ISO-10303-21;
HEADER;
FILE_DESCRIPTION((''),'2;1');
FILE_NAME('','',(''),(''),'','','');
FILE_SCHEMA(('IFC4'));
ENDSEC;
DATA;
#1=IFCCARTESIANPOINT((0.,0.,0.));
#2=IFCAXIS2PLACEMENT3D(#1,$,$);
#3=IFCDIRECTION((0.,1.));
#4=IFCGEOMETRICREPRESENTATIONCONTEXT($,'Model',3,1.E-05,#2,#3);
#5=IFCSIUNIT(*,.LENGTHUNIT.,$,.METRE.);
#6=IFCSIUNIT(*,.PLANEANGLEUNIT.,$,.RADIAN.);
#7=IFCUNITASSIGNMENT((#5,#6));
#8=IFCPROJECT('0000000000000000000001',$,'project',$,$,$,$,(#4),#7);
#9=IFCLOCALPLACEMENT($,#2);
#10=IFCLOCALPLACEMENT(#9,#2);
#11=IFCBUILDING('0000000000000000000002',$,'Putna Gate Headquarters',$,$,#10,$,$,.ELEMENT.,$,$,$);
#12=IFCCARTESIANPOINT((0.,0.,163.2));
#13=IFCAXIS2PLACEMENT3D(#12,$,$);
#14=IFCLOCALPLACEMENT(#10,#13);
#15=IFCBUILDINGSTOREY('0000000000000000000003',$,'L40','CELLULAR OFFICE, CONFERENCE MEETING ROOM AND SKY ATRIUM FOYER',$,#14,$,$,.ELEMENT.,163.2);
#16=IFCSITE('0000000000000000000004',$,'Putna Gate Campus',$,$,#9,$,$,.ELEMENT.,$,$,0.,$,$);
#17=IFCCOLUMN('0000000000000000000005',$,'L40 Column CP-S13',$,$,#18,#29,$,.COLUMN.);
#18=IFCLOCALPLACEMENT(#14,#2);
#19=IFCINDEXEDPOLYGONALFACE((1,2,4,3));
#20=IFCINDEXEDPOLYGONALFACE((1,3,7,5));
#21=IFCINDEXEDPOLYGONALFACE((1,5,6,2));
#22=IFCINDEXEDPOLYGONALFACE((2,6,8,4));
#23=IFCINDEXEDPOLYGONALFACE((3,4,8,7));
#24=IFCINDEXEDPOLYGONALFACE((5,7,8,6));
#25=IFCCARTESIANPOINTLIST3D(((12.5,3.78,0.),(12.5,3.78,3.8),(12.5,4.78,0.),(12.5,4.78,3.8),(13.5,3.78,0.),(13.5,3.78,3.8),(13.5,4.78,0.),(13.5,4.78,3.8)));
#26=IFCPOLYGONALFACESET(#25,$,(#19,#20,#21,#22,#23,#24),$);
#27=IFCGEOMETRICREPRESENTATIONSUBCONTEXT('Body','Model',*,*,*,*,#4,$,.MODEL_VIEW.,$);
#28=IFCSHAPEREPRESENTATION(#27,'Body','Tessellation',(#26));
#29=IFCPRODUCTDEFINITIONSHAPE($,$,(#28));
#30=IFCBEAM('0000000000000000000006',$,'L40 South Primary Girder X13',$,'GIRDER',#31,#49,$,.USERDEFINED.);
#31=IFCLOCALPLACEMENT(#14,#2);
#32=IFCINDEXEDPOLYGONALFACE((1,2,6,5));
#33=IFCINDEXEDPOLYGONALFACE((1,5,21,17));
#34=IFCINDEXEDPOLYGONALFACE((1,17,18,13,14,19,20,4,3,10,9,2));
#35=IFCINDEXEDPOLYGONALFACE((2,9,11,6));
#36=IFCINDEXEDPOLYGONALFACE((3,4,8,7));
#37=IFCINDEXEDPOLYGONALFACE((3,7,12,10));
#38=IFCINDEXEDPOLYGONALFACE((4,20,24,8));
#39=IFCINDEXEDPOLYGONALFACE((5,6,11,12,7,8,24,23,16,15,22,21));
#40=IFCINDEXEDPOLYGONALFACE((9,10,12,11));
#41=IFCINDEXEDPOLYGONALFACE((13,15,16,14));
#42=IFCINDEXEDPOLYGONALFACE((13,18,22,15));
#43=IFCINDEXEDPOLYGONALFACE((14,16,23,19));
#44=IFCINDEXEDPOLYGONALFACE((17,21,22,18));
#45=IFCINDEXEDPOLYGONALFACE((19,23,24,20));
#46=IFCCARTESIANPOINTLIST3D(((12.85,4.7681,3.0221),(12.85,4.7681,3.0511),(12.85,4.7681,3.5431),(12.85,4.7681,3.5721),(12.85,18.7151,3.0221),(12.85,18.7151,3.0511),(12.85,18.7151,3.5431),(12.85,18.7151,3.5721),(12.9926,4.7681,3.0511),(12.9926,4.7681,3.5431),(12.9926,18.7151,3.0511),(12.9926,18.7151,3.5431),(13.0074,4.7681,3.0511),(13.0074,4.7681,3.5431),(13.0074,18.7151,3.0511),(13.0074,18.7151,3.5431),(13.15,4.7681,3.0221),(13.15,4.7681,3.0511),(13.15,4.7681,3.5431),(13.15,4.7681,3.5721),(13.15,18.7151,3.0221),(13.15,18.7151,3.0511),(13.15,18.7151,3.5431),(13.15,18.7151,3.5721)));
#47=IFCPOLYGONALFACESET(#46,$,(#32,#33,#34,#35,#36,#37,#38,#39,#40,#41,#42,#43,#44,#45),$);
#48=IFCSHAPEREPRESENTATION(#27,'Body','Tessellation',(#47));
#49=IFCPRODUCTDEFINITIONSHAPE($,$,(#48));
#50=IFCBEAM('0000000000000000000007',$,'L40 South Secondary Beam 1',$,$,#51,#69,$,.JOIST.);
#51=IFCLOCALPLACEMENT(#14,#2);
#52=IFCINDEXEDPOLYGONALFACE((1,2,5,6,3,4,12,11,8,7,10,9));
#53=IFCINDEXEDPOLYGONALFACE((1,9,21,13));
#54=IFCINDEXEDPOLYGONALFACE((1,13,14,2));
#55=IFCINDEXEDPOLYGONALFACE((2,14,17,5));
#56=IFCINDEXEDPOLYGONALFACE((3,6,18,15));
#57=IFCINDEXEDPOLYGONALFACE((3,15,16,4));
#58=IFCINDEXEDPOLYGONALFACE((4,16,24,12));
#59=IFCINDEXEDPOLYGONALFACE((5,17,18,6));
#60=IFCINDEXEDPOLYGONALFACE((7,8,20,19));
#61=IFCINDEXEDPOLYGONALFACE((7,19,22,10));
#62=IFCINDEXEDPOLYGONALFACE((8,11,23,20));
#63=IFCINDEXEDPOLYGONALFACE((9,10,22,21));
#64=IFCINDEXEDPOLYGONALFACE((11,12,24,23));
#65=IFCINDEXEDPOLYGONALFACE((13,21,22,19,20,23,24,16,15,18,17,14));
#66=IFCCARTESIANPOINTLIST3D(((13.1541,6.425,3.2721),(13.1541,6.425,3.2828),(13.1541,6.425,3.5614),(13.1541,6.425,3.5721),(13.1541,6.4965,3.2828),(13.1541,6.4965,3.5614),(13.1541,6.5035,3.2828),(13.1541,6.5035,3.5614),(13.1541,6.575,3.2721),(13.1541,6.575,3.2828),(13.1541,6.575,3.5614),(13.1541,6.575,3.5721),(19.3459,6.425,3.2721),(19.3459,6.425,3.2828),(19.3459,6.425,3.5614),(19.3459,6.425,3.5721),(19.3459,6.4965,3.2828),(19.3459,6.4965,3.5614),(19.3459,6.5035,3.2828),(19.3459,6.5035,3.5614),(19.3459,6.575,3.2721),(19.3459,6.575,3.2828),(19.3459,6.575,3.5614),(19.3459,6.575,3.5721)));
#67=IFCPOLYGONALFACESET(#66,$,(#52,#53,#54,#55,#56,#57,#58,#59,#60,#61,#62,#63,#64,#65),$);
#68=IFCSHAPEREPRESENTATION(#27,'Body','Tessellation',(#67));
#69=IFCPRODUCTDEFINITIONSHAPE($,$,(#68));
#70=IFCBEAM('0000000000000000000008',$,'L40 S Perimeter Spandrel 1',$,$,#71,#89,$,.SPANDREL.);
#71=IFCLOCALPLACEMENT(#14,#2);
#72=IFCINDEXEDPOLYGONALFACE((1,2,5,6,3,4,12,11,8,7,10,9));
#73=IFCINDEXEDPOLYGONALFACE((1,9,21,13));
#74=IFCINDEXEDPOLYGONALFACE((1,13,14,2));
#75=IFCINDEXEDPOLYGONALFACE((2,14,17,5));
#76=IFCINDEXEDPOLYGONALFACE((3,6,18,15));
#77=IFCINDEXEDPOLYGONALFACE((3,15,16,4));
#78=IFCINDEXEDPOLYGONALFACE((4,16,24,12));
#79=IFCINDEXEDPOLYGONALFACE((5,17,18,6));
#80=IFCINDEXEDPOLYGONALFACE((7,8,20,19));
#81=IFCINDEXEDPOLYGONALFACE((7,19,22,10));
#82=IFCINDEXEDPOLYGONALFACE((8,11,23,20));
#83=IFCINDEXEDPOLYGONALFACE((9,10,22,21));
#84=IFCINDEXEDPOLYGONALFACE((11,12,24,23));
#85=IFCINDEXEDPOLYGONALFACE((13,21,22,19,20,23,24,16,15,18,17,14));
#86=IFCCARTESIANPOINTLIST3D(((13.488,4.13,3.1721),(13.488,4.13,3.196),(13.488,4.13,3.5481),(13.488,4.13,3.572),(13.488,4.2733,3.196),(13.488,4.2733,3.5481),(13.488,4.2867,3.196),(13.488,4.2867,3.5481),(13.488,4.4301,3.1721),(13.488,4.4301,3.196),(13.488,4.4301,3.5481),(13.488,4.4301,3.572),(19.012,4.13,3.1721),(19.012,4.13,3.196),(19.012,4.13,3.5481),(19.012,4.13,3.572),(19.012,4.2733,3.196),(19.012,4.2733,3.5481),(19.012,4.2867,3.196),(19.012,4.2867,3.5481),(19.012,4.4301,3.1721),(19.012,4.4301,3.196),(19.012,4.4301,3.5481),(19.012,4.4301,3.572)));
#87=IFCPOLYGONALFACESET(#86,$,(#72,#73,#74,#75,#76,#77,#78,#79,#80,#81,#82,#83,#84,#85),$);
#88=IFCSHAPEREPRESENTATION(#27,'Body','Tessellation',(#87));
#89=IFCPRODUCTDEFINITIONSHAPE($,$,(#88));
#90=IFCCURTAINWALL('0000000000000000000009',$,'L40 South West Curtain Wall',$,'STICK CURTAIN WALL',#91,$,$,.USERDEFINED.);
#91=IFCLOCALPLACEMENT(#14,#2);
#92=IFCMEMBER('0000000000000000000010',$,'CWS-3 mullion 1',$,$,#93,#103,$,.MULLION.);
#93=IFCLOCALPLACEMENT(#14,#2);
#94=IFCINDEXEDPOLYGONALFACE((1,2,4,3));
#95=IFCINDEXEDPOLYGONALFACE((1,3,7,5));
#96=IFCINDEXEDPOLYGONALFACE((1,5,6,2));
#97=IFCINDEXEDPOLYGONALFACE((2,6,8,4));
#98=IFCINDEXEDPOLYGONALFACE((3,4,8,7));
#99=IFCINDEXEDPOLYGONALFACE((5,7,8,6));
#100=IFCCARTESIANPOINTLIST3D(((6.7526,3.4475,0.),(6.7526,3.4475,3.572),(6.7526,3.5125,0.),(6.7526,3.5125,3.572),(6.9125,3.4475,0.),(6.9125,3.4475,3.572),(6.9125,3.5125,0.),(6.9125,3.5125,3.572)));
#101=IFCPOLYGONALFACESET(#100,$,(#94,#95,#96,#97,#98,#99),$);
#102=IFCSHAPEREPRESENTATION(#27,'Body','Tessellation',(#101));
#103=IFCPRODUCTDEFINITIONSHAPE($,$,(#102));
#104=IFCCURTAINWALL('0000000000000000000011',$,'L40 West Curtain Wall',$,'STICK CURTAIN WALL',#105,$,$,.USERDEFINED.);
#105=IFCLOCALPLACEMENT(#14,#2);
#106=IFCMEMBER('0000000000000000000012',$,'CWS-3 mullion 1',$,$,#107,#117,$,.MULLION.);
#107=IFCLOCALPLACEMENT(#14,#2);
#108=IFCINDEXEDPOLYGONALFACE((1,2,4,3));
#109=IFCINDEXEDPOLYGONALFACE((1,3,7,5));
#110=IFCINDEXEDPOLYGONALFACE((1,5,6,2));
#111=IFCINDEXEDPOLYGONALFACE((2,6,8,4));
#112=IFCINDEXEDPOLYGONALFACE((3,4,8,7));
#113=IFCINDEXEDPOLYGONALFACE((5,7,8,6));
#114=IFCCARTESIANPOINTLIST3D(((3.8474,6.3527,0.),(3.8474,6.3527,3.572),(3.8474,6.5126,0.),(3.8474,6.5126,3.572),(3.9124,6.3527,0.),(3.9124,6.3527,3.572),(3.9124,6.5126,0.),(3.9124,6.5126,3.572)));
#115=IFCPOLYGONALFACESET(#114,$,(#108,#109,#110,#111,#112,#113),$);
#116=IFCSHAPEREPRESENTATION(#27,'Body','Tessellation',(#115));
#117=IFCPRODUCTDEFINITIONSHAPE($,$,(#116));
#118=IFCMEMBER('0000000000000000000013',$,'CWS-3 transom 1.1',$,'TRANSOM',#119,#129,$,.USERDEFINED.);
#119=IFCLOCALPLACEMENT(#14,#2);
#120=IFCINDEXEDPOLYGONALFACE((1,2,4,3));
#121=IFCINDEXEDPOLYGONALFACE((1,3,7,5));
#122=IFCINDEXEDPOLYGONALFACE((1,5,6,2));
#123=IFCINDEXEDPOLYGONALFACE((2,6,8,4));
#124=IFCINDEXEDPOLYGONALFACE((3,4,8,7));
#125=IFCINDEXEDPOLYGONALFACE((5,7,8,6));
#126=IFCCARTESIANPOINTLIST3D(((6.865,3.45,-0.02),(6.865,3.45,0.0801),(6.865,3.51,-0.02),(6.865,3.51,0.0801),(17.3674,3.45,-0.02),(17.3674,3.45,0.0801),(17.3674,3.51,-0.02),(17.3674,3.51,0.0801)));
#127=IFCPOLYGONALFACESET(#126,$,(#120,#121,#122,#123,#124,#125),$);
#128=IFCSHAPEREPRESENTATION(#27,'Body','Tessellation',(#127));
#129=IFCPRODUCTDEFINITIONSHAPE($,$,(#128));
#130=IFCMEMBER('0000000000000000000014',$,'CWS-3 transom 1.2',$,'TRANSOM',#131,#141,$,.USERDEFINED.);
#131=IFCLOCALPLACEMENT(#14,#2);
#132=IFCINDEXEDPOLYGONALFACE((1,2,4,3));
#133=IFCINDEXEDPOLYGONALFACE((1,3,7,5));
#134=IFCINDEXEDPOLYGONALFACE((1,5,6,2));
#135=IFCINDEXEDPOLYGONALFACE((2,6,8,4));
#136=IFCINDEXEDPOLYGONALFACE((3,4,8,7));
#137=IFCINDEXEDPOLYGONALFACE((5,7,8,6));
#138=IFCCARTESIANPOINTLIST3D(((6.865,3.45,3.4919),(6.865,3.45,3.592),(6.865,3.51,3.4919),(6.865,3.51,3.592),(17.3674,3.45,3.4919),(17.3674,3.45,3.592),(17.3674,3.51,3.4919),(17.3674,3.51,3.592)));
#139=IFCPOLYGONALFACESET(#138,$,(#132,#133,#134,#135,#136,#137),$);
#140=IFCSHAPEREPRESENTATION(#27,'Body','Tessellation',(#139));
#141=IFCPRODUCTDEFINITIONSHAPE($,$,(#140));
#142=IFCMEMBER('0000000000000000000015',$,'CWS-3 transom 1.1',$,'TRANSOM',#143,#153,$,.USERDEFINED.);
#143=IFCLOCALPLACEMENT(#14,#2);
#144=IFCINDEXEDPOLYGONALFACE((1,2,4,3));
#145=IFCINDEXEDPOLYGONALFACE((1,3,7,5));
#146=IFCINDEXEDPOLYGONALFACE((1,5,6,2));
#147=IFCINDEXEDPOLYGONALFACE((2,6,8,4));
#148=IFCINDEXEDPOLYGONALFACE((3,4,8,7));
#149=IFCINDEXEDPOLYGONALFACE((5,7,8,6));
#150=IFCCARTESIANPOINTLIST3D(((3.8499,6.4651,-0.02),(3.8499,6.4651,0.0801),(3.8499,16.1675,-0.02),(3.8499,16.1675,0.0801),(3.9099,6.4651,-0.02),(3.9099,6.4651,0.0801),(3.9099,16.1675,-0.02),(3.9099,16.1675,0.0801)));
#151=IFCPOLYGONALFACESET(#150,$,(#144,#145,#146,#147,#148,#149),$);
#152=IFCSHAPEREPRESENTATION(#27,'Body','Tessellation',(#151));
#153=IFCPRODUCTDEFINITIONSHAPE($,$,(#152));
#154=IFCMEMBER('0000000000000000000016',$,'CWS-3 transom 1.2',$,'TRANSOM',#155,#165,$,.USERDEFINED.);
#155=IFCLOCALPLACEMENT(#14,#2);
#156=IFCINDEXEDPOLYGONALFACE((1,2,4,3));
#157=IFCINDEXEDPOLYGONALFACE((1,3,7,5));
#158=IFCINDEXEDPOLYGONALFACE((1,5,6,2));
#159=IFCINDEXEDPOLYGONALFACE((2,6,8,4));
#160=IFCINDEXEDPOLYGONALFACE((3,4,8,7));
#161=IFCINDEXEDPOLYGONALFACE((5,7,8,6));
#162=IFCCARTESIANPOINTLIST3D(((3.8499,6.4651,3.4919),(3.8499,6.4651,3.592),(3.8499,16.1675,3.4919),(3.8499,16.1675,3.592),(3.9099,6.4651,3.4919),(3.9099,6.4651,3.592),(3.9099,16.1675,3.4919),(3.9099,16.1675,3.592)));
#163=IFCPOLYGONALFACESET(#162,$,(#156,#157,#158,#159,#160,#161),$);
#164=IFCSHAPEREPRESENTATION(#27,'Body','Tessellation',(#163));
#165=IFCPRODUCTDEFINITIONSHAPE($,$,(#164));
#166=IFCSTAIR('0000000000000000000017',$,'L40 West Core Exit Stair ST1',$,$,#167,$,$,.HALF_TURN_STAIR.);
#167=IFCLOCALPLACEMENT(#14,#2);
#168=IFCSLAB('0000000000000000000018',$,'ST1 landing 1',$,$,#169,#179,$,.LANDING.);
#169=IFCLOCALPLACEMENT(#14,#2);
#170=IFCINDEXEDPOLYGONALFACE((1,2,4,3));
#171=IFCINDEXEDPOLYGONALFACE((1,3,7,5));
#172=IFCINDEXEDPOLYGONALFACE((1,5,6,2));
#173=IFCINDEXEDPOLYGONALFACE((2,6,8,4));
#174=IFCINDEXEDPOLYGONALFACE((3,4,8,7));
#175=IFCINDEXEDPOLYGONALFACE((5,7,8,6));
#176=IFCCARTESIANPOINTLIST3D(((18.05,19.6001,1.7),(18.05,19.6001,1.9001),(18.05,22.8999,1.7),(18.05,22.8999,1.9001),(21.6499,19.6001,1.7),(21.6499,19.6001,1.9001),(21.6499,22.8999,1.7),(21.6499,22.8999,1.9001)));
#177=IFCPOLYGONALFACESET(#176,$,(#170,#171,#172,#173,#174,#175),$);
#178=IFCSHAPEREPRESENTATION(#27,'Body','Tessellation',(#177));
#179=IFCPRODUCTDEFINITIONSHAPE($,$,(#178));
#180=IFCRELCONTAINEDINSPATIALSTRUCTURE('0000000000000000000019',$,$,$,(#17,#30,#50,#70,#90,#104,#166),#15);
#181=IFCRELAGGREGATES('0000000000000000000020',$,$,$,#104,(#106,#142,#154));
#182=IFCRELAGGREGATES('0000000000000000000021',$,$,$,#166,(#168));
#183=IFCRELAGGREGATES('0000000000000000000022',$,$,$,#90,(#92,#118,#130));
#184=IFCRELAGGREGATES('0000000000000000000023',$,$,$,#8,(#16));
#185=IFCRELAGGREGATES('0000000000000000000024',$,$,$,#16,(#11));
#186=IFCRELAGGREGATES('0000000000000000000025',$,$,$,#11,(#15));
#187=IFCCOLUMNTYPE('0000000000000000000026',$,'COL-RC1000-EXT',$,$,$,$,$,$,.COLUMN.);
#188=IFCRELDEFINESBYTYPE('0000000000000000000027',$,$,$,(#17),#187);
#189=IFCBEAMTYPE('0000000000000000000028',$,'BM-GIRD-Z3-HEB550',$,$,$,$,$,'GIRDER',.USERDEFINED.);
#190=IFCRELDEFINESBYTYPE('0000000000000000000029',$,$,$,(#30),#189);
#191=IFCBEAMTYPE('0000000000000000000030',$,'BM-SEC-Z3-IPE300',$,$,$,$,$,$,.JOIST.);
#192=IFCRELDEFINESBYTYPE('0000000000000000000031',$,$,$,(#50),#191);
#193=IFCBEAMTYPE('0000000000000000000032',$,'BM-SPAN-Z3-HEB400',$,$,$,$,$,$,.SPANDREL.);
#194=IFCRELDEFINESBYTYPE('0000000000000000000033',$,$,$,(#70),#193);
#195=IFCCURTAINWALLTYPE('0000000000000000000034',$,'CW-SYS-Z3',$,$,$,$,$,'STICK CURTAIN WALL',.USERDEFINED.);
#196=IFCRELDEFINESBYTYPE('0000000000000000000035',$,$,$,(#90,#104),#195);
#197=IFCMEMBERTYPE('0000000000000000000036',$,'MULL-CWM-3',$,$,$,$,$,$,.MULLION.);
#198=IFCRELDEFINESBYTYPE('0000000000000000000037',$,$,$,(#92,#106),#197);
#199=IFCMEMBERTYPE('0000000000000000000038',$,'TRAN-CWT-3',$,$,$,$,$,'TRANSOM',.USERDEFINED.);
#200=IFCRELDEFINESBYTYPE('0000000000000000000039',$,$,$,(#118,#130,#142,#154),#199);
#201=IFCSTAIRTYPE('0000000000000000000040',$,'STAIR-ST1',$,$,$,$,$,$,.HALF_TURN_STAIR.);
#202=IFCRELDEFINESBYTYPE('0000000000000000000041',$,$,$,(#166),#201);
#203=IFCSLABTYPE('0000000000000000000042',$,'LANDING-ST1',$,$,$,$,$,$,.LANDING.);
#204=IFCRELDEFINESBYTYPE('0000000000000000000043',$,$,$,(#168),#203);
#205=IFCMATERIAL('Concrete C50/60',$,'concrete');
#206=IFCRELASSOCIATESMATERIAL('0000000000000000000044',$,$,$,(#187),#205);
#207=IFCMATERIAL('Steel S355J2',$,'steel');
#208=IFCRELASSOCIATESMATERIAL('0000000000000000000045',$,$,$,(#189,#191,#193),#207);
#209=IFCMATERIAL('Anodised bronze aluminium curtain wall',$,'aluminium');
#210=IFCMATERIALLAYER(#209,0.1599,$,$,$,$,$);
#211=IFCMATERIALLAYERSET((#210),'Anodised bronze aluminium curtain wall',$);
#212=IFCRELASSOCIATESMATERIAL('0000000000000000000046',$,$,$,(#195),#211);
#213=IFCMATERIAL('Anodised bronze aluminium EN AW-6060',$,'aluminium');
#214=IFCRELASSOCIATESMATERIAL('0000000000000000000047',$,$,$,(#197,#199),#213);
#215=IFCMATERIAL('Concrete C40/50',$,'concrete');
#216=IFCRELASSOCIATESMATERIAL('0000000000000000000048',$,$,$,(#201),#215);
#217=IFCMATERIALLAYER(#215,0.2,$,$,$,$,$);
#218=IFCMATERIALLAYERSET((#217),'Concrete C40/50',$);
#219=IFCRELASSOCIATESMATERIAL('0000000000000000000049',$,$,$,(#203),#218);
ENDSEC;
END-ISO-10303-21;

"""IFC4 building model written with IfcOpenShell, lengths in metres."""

from ifc_helpers import new_model, si_unit, direction, frame, origin, origin_2d, place, context, subcontext, project, spatial, polyline, rectangle, i_section, outline, extrude, material, layer, layer_set, material_profile, profile_set, type_object, element, aggregate, save


model = new_model("IFC4")

# Units and contexts
model_context = context("Model", 3, precision=1e-05, world=origin(), true_north=direction((0.0, 1.0)))
body_context = subcontext(model_context, "Body", "Model", "MODEL_VIEW")
ifc_project = project(units=[si_unit("LENGTHUNIT", "METRE"), si_unit("PLANEANGLEUNIT", "RADIAN")], contexts=[model_context])

# Site, building, storey
site_placement = place(None, origin())
site = spatial("IfcSite", under=ifc_project, at=site_placement, Name="Putna Gate Campus", CompositionType="ELEMENT", RefElevation=0.0)
building_placement = place(site_placement, origin())
building = spatial("IfcBuilding", under=site, at=building_placement, Name="Putna Gate Headquarters", CompositionType="ELEMENT")
storey_placement = place(building_placement, frame((0.0, 0.0, 163.2)))
storey = spatial("IfcBuildingStorey", under=building, at=storey_placement, Name="L40", Description="CELLULAR OFFICE, CONFERENCE MEETING ROOM AND SKY ATRIUM FOYER", CompositionType="ELEMENT", Elevation=163.2)

# Column
ifc_material_1 = material(Name="Concrete C50/60", Category="concrete")
ifc_material_profile_1 = material_profile(ifc_material_1, rectangle(XDim=1.0, YDim=1.0, at=origin_2d()), Name="Concrete C50/60")
ifc_profile_set_1 = profile_set([ifc_material_profile_1], Name="Concrete C50/60")
column_type = type_object("IfcColumnType", Name="COL-RC1000-EXT", PredefinedType="COLUMN", material=ifc_profile_set_1)
column_placement = place(storey_placement, frame((13.0, 4.28, 0.0), z_axis=(0.0, 0.0, 1.0), x_axis=(1.0, 0.0, 0.0)))
element("IfcColumn", 1, at=column_placement, inside=storey, type_object=column_type, Name="L40 Column CP-S13", PredefinedType="COLUMN", context=body_context, shape_type="SweptSolid", body=[
    extrude(rectangle(XDim=1.0, YDim=1.0, at=origin_2d()), origin(), (0.0, 0.0, 1.0), 3.8),
])

# Beams
ifc_material_2 = material(Name="Steel S355J2", Category="steel")
ifc_material_profile_2 = material_profile(ifc_material_2, i_section(OverallWidth=0.3, OverallDepth=0.55, WebThickness=0.0149, FlangeThickness=0.0291, at=origin_2d()), Name="Steel S355J2")
ifc_profile_set_2 = profile_set([ifc_material_profile_2], Name="Steel S355J2")
beam_type_1 = type_object("IfcBeamType", Name="BM-GIRD-Z3-HEB550", ElementType="GIRDER", PredefinedType="USERDEFINED", material=ifc_profile_set_2)
beam_1_placement = place(storey_placement, frame((13.0, 4.7681, 3.2971), z_axis=(0.0, 1.0, 0.0), x_axis=(-1.0, 0.0, 0.0)))
element("IfcBeam", 2, at=beam_1_placement, inside=storey, type_object=beam_type_1, Name="L40 South Primary Girder X13", ObjectType="GIRDER", PredefinedType="USERDEFINED", context=body_context, shape_type="SweptSolid", body=[
    extrude(i_section(OverallWidth=0.3, OverallDepth=0.55, WebThickness=0.0149, FlangeThickness=0.0291, at=origin_2d()), origin(), (0.0, 0.0, 1.0), 13.947),
])
ifc_material_profile_3 = material_profile(ifc_material_2, i_section(OverallWidth=0.1499, OverallDepth=0.3, WebThickness=0.0071, FlangeThickness=0.0107, at=origin_2d()), Name="Steel S355J2")
ifc_profile_set_3 = profile_set([ifc_material_profile_3], Name="Steel S355J2")
beam_type_2 = type_object("IfcBeamType", Name="BM-SEC-Z3-IPE300", PredefinedType="JOIST", material=ifc_profile_set_3)
beam_2_placement = place(storey_placement, frame((13.1541, 6.5, 3.4221), z_axis=(1.0, 0.0, 0.0), x_axis=(0.0, 1.0, 0.0)))
element("IfcBeam", 3, at=beam_2_placement, inside=storey, type_object=beam_type_2, Name="L40 South Secondary Beam 1", PredefinedType="JOIST", context=body_context, shape_type="SweptSolid", body=[
    extrude(i_section(OverallWidth=0.1499, OverallDepth=0.3, WebThickness=0.0071, FlangeThickness=0.0107, at=origin_2d()), origin(), (0.0, 0.0, 1.0), 6.1919),
])
ifc_material_profile_4 = material_profile(ifc_material_2, i_section(OverallWidth=0.3, OverallDepth=0.3999, WebThickness=0.0134, FlangeThickness=0.0239, at=origin_2d()), Name="Steel S355J2")
ifc_profile_set_4 = profile_set([ifc_material_profile_4], Name="Steel S355J2")
beam_type_3 = type_object("IfcBeamType", Name="BM-SPAN-Z3-HEB400", PredefinedType="SPANDREL", material=ifc_profile_set_4)
beam_3_placement = place(storey_placement, frame((13.488, 4.28, 3.3721), z_axis=(1.0, 0.0, 0.0), x_axis=(0.0, 1.0, 0.0)))
element("IfcBeam", 4, at=beam_3_placement, inside=storey, type_object=beam_type_3, Name="L40 S Perimeter Spandrel 1", PredefinedType="SPANDREL", context=body_context, shape_type="SweptSolid", body=[
    extrude(i_section(OverallWidth=0.3, OverallDepth=0.3999, WebThickness=0.0134, FlangeThickness=0.0239, at=origin_2d()), origin(), (0.0, 0.0, 1.0), 5.5239),
])

# Curtain walls, members
ifc_material_3 = material(Name="Anodised bronze aluminium curtain wall", Category="aluminium")
ifc_layer_1 = layer(ifc_material_3, 0.1599)
ifc_layer_set_1 = layer_set([ifc_layer_1], Name="Anodised bronze aluminium curtain wall")
curtain_wall_type = type_object("IfcCurtainWallType", Name="CW-SYS-Z3", ElementType="STICK CURTAIN WALL", PredefinedType="USERDEFINED", material=ifc_layer_set_1)
curtain_wall_1_placement = place(storey_placement, origin())
curtain_wall_1 = element("IfcCurtainWall", 5, at=curtain_wall_1_placement, inside=storey, type_object=curtain_wall_type, Name="L40 South West Curtain Wall", ObjectType="STICK CURTAIN WALL", PredefinedType="USERDEFINED")
ifc_material_4 = material(Name="Anodised bronze aluminium EN AW-6060", Category="aluminium")
ifc_material_profile_5 = material_profile(ifc_material_4, rectangle(XDim=0.0649, YDim=0.1599, at=origin_2d()), Name="Anodised bronze aluminium EN AW-6060")
ifc_profile_set_5 = profile_set([ifc_material_profile_5], Name="Anodised bronze aluminium EN AW-6060")
member_type_1 = type_object("IfcMemberType", Name="MULL-CWM-3", PredefinedType="MULLION", material=ifc_profile_set_5)
member_1_placement = place(storey_placement, frame((6.8325, 3.48, 0.0), z_axis=(0.0, 0.0, 1.0), x_axis=(0.0, 1.0, 0.0)))
member_1 = element("IfcMember", 6, at=member_1_placement, type_object=member_type_1, Name="CWS-3 mullion 1", PredefinedType="MULLION", context=body_context, shape_type="SweptSolid", body=[
    extrude(rectangle(XDim=0.0649, YDim=0.1599, at=origin_2d()), origin(), (0.0, 0.0, 1.0), 3.572),
])
curtain_wall_2_placement = place(storey_placement, origin())
curtain_wall_2 = element("IfcCurtainWall", 7, at=curtain_wall_2_placement, inside=storey, type_object=curtain_wall_type, Name="L40 West Curtain Wall", ObjectType="STICK CURTAIN WALL", PredefinedType="USERDEFINED")
member_2_placement = place(storey_placement, frame((3.8799, 6.4326, 0.0), z_axis=(0.0, 0.0, 1.0), x_axis=(-1.0, 0.0, 0.0)))
member_2 = element("IfcMember", 8, at=member_2_placement, type_object=member_type_1, Name="CWS-3 mullion 1", PredefinedType="MULLION", context=body_context, shape_type="SweptSolid", body=[
    extrude(rectangle(XDim=0.0649, YDim=0.1599, at=origin_2d()), origin(), (0.0, 0.0, 1.0), 3.572),
])

# Members
ifc_material_profile_6 = material_profile(ifc_material_4, rectangle(XDim=0.0601, YDim=0.1001, at=origin_2d()), Name="Anodised bronze aluminium EN AW-6060")
ifc_profile_set_6 = profile_set([ifc_material_profile_6], Name="Anodised bronze aluminium EN AW-6060")
member_type_2 = type_object("IfcMemberType", Name="TRAN-CWT-3", ElementType="TRANSOM", PredefinedType="USERDEFINED", material=ifc_profile_set_6)
member_3_placement = place(storey_placement, frame((6.865, 3.48, 0.03), z_axis=(1.0, 0.0, 0.0), x_axis=(0.0, 1.0, 0.0)))
member_3 = element("IfcMember", 9, at=member_3_placement, type_object=member_type_2, Name="CWS-3 transom 1.1", ObjectType="TRANSOM", PredefinedType="USERDEFINED", context=body_context, shape_type="SweptSolid", body=[
    extrude(rectangle(XDim=0.0601, YDim=0.1001, at=origin_2d()), origin(), (0.0, 0.0, 1.0), 10.5024),
])
member_4_placement = place(storey_placement, frame((6.865, 3.48, 3.542), z_axis=(1.0, 0.0, 0.0), x_axis=(0.0, 1.0, 0.0)))
member_4 = element("IfcMember", 10, at=member_4_placement, type_object=member_type_2, Name="CWS-3 transom 1.2", ObjectType="TRANSOM", PredefinedType="USERDEFINED", context=body_context, shape_type="SweptSolid", body=[
    extrude(rectangle(XDim=0.0601, YDim=0.1001, at=origin_2d()), origin(), (0.0, 0.0, 1.0), 10.5024),
])
member_5_placement = place(storey_placement, frame((3.8799, 6.4651, 0.03), z_axis=(0.0, 1.0, 0.0), x_axis=(-1.0, 0.0, 0.0)))
member_5 = element("IfcMember", 11, at=member_5_placement, type_object=member_type_2, Name="CWS-3 transom 1.1", ObjectType="TRANSOM", PredefinedType="USERDEFINED", context=body_context, shape_type="SweptSolid", body=[
    extrude(rectangle(XDim=0.0601, YDim=0.1001, at=origin_2d()), origin(), (0.0, 0.0, 1.0), 9.7024),
])
member_6_placement = place(storey_placement, frame((3.8799, 6.4651, 3.542), z_axis=(0.0, 1.0, 0.0), x_axis=(-1.0, 0.0, 0.0)))
member_6 = element("IfcMember", 12, at=member_6_placement, type_object=member_type_2, Name="CWS-3 transom 1.2", ObjectType="TRANSOM", PredefinedType="USERDEFINED", context=body_context, shape_type="SweptSolid", body=[
    extrude(rectangle(XDim=0.0601, YDim=0.1001, at=origin_2d()), origin(), (0.0, 0.0, 1.0), 9.7024),
])
aggregate(curtain_wall_2, [member_2, member_5, member_6])

# Stair, slab
ifc_material_5 = material(Name="Concrete C40/50", Category="concrete")
stair_type_1 = type_object("IfcStairType", Name="STAIR-ST1", PredefinedType="HALF_TURN_STAIR", material=ifc_material_5)
stair_1_placement = place(storey_placement, origin())
stair_1 = element("IfcStair", 13, at=stair_1_placement, inside=storey, type_object=stair_type_1, Name="L40 West Core Exit Stair ST1", PredefinedType="HALF_TURN_STAIR")
ifc_layer_2 = layer(ifc_material_5, 0.2)
ifc_layer_set_2 = layer_set([ifc_layer_2], Name="Concrete C40/50")
slab_type_1 = type_object("IfcSlabType", Name="LANDING-ST1", PredefinedType="LANDING", material=ifc_layer_set_2)
slab_1_placement = place(storey_placement, frame((0.0, 0.0, 1.7)))
slab_1 = element("IfcSlab", 14, at=slab_1_placement, type_object=slab_type_1, Name="ST1 landing 1", PredefinedType="LANDING", context=body_context, shape_type="SweptSolid", body=[
    extrude(outline(polyline([(18.05, 19.6001), (21.6499, 19.6001), (21.6499, 22.8999), (18.05, 22.8999), (18.05, 19.6001)])), origin(), (0.0, 0.0, 1.0), 0.2002),
])
aggregate(stair_1, [slab_1])

aggregate(curtain_wall_1, [member_1, member_3, member_4])

save(model, "model.ifc")
